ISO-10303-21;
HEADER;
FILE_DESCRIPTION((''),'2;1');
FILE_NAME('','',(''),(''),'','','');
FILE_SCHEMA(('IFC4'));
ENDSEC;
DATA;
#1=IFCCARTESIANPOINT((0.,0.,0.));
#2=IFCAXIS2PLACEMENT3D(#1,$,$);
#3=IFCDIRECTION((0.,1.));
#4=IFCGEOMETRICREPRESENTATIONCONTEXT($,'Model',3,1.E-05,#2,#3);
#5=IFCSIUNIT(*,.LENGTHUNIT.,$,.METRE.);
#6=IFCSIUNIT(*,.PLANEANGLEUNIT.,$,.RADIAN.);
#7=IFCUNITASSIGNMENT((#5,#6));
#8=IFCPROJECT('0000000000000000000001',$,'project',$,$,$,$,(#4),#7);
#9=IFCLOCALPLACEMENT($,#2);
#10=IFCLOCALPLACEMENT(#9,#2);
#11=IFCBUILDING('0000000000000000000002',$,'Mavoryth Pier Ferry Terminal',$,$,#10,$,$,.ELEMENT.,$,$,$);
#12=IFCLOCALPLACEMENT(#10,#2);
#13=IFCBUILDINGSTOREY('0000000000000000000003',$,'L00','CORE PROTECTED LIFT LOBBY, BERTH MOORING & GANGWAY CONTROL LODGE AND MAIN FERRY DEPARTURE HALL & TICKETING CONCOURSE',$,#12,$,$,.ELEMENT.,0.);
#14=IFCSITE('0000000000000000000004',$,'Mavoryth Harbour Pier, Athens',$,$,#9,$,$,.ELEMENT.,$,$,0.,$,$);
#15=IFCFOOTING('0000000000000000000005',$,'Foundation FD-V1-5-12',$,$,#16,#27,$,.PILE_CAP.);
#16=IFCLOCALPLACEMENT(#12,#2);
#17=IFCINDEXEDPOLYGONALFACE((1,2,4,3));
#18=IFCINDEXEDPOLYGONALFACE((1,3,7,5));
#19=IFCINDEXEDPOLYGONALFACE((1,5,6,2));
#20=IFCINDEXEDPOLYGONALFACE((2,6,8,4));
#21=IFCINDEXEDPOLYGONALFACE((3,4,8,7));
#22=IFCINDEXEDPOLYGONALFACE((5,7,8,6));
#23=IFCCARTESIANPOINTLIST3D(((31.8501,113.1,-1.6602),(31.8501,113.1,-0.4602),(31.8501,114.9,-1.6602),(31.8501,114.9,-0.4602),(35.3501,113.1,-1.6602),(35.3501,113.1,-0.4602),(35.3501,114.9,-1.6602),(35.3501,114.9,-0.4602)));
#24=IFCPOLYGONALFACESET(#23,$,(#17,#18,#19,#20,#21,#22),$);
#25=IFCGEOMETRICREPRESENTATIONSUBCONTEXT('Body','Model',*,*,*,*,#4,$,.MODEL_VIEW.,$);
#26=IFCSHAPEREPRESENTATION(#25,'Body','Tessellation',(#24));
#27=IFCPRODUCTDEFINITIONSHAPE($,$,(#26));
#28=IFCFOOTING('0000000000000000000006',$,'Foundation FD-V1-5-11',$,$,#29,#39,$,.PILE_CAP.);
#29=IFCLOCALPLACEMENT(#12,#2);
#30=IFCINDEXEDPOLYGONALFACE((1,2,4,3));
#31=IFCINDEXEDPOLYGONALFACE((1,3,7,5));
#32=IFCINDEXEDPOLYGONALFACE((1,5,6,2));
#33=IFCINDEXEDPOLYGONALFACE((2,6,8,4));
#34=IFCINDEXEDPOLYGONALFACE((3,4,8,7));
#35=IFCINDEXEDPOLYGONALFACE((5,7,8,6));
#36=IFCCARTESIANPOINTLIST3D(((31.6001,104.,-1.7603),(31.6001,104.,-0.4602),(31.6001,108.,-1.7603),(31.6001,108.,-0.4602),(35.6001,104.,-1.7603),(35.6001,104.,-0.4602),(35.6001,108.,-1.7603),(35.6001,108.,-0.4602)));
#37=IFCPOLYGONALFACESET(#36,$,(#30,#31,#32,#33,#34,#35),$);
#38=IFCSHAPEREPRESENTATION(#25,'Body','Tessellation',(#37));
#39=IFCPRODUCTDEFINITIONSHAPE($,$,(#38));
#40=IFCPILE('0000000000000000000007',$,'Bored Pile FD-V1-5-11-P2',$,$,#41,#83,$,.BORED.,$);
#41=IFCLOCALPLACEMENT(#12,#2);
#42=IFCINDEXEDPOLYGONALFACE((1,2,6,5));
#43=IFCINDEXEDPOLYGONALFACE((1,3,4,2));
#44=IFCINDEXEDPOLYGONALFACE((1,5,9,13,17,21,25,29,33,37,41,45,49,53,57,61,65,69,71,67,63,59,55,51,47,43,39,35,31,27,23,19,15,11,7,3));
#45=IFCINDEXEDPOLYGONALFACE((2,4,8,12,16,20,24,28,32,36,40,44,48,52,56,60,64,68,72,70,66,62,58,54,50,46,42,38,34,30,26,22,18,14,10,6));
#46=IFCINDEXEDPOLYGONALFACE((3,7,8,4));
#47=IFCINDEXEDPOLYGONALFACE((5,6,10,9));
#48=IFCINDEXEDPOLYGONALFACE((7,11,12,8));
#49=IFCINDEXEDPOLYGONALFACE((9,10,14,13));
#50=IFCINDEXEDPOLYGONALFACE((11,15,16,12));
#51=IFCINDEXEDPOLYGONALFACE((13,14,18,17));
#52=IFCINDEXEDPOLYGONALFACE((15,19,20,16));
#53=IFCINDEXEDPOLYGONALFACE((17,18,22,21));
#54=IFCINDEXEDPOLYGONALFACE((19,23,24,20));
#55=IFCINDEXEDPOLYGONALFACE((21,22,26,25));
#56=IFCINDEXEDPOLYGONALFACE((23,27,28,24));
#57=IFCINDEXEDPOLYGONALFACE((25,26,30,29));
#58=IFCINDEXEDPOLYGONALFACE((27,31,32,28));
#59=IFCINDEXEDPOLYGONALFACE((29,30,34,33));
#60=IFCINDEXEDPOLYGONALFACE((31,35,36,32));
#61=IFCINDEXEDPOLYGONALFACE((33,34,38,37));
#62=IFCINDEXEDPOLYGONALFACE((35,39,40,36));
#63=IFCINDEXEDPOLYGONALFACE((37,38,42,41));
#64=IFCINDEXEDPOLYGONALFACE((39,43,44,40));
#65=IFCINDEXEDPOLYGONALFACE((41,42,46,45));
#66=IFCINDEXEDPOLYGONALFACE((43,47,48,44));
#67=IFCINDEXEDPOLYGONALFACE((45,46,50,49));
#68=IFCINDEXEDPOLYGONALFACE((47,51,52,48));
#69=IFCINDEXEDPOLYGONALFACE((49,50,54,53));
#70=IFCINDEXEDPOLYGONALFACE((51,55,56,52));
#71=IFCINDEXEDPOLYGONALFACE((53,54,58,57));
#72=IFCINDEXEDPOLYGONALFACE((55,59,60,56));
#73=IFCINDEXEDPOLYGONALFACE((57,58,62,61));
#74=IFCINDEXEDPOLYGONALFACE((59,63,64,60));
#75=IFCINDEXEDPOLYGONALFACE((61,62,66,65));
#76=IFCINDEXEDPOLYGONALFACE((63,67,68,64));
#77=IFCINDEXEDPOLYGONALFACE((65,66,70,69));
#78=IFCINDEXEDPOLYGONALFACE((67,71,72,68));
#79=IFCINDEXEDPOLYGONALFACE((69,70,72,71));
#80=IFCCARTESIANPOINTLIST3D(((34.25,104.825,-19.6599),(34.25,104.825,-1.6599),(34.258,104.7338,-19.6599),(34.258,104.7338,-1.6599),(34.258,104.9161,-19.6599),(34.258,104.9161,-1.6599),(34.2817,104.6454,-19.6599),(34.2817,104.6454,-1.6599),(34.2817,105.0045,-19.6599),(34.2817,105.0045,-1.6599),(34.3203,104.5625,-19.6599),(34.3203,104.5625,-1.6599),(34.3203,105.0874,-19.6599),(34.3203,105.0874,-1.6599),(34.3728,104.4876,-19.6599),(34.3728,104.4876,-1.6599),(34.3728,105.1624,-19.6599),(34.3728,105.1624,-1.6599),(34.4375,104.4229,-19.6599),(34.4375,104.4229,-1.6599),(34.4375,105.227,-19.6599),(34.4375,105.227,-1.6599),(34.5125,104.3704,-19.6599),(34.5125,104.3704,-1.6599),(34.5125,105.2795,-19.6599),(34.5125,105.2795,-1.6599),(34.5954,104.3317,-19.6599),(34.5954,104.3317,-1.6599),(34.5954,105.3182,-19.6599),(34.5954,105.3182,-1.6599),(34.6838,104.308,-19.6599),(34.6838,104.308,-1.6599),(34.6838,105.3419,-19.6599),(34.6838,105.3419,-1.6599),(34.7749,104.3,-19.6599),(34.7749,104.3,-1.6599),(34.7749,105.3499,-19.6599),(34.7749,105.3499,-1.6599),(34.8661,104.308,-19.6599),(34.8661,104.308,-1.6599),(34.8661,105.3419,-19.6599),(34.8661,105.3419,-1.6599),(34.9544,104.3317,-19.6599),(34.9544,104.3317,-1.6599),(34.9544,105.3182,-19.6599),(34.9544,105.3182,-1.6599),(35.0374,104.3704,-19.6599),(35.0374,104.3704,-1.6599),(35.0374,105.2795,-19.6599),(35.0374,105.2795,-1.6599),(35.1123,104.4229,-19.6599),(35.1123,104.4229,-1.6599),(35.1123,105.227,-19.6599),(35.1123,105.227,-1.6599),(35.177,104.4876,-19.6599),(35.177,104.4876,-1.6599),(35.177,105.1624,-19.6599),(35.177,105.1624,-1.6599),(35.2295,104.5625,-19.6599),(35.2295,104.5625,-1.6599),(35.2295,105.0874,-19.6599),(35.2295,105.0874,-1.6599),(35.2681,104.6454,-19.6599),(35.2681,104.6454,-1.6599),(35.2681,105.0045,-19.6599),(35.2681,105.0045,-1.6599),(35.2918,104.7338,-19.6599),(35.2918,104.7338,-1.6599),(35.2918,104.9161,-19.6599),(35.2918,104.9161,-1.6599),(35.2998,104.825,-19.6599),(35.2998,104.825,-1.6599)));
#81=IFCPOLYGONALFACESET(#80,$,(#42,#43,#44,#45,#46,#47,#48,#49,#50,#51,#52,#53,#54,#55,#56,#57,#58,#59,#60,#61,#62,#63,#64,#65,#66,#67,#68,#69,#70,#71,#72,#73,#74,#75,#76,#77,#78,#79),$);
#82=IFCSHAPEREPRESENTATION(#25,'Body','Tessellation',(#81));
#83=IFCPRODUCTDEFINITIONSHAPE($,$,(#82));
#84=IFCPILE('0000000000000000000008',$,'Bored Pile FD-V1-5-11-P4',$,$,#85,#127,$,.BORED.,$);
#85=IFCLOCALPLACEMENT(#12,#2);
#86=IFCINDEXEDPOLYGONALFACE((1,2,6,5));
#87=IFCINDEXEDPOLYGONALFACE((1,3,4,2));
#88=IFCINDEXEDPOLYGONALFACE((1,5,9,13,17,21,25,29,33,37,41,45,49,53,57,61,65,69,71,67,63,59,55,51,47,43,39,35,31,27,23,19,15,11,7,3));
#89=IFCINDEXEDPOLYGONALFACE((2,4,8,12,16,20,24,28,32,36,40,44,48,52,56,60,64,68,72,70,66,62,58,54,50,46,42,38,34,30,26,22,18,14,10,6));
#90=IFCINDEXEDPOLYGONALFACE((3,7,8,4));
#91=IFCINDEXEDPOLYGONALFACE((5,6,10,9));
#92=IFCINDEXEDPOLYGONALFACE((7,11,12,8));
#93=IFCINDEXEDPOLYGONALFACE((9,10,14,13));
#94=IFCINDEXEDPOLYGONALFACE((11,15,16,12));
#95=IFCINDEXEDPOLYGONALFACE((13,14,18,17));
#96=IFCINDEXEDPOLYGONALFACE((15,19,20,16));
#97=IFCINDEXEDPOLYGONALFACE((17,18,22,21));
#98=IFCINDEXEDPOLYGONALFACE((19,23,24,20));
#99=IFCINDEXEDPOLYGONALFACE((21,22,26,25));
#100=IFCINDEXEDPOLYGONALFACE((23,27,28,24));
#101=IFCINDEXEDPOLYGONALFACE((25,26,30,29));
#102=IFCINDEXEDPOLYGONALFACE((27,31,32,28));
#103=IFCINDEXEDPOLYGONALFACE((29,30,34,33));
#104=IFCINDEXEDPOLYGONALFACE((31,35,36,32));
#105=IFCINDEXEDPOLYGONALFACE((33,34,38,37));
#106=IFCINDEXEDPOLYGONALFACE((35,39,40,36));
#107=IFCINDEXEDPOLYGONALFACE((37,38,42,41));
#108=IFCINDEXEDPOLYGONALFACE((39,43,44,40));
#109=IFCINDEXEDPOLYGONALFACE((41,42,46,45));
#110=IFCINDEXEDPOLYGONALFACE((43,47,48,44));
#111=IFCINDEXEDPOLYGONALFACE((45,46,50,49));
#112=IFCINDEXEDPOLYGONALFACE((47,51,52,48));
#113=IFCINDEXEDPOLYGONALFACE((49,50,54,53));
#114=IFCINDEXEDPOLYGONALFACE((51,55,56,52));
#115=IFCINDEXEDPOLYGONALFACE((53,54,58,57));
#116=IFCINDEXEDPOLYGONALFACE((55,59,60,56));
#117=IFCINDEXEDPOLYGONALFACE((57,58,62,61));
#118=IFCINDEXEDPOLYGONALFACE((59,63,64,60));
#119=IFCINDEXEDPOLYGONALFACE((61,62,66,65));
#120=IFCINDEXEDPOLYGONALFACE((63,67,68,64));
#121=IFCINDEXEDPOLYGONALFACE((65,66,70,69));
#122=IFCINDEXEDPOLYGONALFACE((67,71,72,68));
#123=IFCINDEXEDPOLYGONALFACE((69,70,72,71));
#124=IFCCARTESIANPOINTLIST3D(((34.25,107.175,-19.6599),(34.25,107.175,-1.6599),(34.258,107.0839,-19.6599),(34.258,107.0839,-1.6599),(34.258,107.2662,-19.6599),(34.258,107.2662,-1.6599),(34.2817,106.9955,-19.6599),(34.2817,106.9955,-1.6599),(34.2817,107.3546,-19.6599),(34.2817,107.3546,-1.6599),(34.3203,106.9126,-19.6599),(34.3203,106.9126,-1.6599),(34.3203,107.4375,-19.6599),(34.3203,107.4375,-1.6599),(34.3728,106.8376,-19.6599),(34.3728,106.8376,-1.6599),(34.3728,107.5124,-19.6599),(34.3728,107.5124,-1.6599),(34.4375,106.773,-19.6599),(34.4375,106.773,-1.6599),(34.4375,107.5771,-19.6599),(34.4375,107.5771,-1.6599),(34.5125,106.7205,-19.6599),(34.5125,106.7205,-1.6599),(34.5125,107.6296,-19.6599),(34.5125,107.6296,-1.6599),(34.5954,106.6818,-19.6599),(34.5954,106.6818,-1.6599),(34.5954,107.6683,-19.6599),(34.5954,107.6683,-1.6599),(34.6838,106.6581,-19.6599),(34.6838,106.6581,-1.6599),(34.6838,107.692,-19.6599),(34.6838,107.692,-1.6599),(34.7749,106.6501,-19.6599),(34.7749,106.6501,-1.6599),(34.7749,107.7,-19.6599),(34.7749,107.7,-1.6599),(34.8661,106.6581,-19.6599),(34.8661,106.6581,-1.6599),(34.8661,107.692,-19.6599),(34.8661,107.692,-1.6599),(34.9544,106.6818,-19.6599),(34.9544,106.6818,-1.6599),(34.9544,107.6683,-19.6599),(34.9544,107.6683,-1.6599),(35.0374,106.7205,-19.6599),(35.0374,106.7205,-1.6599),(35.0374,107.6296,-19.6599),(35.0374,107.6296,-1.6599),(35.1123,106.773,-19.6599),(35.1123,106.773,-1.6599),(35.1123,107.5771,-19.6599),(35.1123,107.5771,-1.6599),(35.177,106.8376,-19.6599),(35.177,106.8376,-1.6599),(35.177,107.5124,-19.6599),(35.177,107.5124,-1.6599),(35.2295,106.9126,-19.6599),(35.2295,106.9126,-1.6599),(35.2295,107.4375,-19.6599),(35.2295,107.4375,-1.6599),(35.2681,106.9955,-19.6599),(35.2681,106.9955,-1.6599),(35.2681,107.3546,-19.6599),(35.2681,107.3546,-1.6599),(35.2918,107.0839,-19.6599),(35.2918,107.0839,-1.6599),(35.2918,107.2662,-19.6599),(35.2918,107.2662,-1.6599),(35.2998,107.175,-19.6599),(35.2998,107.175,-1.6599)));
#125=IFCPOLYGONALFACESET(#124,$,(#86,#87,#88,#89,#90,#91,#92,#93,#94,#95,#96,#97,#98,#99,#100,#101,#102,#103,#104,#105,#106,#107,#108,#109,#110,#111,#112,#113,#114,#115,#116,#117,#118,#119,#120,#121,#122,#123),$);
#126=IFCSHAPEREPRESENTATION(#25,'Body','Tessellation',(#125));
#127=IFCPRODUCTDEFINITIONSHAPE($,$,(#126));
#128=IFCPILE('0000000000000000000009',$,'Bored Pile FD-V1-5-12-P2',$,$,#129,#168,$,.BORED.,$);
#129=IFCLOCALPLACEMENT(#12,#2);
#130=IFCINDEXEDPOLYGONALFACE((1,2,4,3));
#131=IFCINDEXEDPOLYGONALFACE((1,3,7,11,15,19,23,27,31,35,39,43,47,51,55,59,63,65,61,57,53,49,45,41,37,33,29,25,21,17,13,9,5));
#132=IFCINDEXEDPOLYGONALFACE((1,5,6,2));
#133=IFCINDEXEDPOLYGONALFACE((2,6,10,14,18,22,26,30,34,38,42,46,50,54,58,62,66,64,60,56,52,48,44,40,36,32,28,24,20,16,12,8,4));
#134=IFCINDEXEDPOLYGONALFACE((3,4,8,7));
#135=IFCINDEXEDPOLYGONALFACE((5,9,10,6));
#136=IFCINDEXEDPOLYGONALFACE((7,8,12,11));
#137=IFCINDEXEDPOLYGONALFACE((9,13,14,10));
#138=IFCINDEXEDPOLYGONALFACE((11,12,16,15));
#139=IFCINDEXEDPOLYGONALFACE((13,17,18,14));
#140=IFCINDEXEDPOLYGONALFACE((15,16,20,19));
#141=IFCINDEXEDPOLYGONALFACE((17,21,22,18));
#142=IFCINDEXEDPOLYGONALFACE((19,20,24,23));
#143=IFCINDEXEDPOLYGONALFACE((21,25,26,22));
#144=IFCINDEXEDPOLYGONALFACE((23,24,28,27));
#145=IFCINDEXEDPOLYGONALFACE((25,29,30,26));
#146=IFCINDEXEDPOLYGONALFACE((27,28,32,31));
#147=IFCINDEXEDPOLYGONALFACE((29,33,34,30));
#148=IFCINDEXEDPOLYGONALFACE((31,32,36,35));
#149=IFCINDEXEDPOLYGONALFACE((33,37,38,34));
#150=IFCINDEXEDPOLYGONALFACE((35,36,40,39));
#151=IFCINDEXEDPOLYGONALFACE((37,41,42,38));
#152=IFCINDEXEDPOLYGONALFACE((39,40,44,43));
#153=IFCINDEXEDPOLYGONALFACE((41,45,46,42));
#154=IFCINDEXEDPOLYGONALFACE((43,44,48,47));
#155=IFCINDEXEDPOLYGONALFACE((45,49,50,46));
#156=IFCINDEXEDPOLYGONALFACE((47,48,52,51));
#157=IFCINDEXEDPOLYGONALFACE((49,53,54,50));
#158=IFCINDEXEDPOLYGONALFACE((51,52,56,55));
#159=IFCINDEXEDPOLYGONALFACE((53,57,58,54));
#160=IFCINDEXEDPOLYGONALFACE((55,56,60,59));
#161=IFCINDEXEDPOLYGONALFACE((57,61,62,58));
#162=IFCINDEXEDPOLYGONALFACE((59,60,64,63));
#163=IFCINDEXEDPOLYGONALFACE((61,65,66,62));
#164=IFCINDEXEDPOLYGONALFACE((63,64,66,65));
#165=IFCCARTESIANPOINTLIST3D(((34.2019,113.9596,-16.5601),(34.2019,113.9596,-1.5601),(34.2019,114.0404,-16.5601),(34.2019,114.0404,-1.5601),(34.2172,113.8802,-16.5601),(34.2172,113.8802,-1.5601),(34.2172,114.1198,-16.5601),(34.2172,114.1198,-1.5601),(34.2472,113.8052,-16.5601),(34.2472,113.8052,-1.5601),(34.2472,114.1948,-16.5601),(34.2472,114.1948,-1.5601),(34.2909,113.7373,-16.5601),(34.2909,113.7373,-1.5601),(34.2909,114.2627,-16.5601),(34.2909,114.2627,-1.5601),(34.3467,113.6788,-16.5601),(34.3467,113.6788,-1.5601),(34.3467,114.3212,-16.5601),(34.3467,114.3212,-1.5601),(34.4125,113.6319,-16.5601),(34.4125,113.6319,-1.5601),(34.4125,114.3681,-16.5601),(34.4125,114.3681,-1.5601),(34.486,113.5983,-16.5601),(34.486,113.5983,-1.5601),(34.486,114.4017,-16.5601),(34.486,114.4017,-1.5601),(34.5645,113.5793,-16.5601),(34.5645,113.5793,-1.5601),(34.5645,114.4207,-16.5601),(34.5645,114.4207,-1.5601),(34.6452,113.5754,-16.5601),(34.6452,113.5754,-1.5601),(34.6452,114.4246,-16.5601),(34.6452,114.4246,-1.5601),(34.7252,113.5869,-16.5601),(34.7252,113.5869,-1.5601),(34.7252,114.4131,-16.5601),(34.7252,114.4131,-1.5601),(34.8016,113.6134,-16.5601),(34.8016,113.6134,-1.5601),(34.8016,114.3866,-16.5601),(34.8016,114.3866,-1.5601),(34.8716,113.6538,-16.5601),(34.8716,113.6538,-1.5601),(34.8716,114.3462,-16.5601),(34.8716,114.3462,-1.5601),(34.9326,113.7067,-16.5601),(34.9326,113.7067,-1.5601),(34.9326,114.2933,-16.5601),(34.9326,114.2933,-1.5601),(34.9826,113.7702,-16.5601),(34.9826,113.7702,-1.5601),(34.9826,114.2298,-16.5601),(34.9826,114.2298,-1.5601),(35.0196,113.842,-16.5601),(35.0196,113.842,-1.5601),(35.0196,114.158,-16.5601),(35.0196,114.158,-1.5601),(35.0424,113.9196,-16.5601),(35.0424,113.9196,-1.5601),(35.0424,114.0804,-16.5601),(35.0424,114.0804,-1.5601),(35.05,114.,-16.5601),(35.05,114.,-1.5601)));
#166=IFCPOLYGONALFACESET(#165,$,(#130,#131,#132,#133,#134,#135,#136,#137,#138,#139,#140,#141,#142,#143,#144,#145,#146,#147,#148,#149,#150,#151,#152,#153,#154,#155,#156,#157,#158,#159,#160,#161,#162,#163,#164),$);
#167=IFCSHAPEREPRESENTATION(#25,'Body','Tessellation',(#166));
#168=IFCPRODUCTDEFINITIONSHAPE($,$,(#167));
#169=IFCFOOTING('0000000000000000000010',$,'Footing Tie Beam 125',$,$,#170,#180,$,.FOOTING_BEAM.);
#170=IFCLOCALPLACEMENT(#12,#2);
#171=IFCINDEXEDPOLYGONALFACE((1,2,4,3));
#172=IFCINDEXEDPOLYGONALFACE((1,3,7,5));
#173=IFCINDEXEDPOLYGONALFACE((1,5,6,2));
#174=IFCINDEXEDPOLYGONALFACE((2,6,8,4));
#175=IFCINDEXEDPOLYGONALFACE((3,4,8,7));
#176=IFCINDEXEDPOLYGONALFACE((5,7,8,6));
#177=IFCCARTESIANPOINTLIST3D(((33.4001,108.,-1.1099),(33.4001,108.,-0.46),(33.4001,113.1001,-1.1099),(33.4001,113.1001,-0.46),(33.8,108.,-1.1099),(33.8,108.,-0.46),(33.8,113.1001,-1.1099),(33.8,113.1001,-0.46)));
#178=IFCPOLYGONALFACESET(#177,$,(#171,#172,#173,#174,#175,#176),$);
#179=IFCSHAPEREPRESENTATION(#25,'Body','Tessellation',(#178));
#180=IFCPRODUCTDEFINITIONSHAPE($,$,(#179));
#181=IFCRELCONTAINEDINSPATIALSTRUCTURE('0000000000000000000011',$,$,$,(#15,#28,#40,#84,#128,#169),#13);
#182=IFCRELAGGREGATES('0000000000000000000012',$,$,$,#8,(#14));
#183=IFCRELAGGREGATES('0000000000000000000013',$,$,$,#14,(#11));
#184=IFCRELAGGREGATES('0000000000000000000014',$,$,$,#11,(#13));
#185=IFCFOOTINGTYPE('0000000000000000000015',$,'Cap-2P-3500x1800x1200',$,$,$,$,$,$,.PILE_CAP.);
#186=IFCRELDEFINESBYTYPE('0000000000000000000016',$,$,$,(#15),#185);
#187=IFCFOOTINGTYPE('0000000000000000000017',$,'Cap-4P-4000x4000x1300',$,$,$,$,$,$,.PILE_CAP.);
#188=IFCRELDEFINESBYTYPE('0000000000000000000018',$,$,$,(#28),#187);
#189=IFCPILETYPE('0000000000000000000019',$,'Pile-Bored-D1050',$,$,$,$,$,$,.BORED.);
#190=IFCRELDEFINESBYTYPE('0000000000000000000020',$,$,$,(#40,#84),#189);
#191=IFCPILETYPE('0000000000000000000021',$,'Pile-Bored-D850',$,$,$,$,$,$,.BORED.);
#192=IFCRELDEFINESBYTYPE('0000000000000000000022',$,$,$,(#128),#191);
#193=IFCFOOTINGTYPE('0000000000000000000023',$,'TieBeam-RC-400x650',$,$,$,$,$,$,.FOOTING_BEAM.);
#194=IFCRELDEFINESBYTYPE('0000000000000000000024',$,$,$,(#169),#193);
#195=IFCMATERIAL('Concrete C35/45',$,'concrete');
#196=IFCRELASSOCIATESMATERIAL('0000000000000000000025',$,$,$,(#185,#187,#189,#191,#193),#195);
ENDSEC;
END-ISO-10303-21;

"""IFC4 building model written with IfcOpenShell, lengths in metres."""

from ifc_helpers import new_model, si_unit, direction, frame, origin, origin_2d, place, context, subcontext, project, spatial, rectangle, circle, extrude, material, material_profile, profile_set, type_object, element, save


model = new_model("IFC4")

# Units and contexts
model_context = context("Model", 3, precision=1e-05, world=origin(), true_north=direction((0.0, 1.0)))
body_context = subcontext(model_context, "Body", "Model", "MODEL_VIEW")
ifc_project = project(units=[si_unit("LENGTHUNIT", "METRE"), si_unit("PLANEANGLEUNIT", "RADIAN")], contexts=[model_context])

# Site, building, storey
site_placement = place(None, origin())
site = spatial("IfcSite", under=ifc_project, at=site_placement, Name="Mavoryth Harbour Pier, Athens", CompositionType="ELEMENT", RefElevation=0.0)
building_placement = place(site_placement, origin())
building = spatial("IfcBuilding", under=site, at=building_placement, Name="Mavoryth Pier Ferry Terminal", CompositionType="ELEMENT")
storey_placement = place(building_placement, origin())
storey = spatial("IfcBuildingStorey", under=building, at=storey_placement, Name="L00", Description="CORE PROTECTED LIFT LOBBY, BERTH MOORING & GANGWAY CONTROL LODGE AND MAIN FERRY DEPARTURE HALL & TICKETING CONCOURSE", CompositionType="ELEMENT", Elevation=0.0)

# Footings
ifc_material_1 = material(Name="Concrete C35/45", Category="concrete")
footing_type_1 = type_object("IfcFootingType", Name="Cap-2P-3500x1800x1200", PredefinedType="PILE_CAP", material=ifc_material_1)
footing_1_placement = place(storey_placement, frame((33.6001, 114.0, -1.6602), z_axis=(0.0, 0.0, 1.0), x_axis=(1.0, 0.0, 0.0)))
element("IfcFooting", 1, at=footing_1_placement, inside=storey, type_object=footing_type_1, Name="Foundation FD-V1-5-12", PredefinedType="PILE_CAP", context=body_context, shape_type="SweptSolid", body=[
    extrude(rectangle(XDim=3.5, YDim=1.8, at=origin_2d()), origin(), (0.0, 0.0, 1.0), 1.2),
])
footing_type_2 = type_object("IfcFootingType", Name="Cap-4P-4000x4000x1300", PredefinedType="PILE_CAP", material=ifc_material_1)
footing_2_placement = place(storey_placement, frame((33.6001, 106.0, -1.7603), z_axis=(0.0, 0.0, 1.0), x_axis=(1.0, 0.0, 0.0)))
element("IfcFooting", 2, at=footing_2_placement, inside=storey, type_object=footing_type_2, Name="Foundation FD-V1-5-11", PredefinedType="PILE_CAP", context=body_context, shape_type="SweptSolid", body=[
    extrude(rectangle(XDim=4.0, YDim=4.0, at=origin_2d()), origin(), (0.0, 0.0, 1.0), 1.3),
])

# Piles
ifc_material_profile_1 = material_profile(ifc_material_1, circle(Radius=0.5249, at=origin_2d()), Name="PILE D1050", Category="concrete")
ifc_profile_set_1 = profile_set([ifc_material_profile_1], Name="Concrete C35/45 - PILE D1050")
pile_type_1 = type_object("IfcPileType", Name="Pile-Bored-D1050", PredefinedType="BORED", material=ifc_profile_set_1)
for number, where, z_axis, x_axis, name in (
    (3, (34.7749, 104.825, -1.6599), (0.0, 0.0, -1.0), (1.0, 0.0, 0.0), "Bored Pile FD-V1-5-11-P2"),
    (4, (34.7749, 107.175, -1.6599), (0.0, 0.0, -1.0), (1.0, 0.0, 0.0), "Bored Pile FD-V1-5-11-P4"),
):
    element("IfcPile", number, at=place(storey_placement, frame(where, z_axis=z_axis, x_axis=x_axis)), inside=storey, type_object=pile_type_1, Name=name, PredefinedType="BORED", context=body_context, shape_type="SweptSolid", body=[
        extrude(circle(Radius=0.5249, at=origin_2d()), origin(), (0.0, 0.0, 1.0), 18.0),
    ])
ifc_material_profile_2 = material_profile(ifc_material_1, circle(Radius=0.425, at=origin_2d()), Name="PILE D850", Category="concrete")
ifc_profile_set_2 = profile_set([ifc_material_profile_2], Name="Concrete C35/45 - PILE D850")
pile_type_2 = type_object("IfcPileType", Name="Pile-Bored-D850", PredefinedType="BORED", material=ifc_profile_set_2)
pile_placement = place(storey_placement, frame((34.625, 114.0, -1.5601), z_axis=(0.0, 0.0, -1.0), x_axis=(1.0, 0.0, 0.0)))
element("IfcPile", 5, at=pile_placement, inside=storey, type_object=pile_type_2, Name="Bored Pile FD-V1-5-12-P2", PredefinedType="BORED", context=body_context, shape_type="SweptSolid", body=[
    extrude(circle(Radius=0.425, at=origin_2d()), origin(), (0.0, 0.0, 1.0), 15.0),
])

# Footing
ifc_material_profile_3 = material_profile(ifc_material_1, rectangle(XDim=0.3999, YDim=0.6499, at=origin_2d()), Name="RC 400x650", Category="concrete")
ifc_profile_set_3 = profile_set([ifc_material_profile_3], Name="Concrete C35/45 - RC 400x650")
footing_type_3 = type_object("IfcFootingType", Name="TieBeam-RC-400x650", PredefinedType="FOOTING_BEAM", material=ifc_profile_set_3)
footing_3_placement = place(storey_placement, frame((33.6001, 108.0, -0.7849), z_axis=(0.0, 1.0, 0.0), x_axis=(-1.0, 0.0, 0.0)))
element("IfcFooting", 6, at=footing_3_placement, inside=storey, type_object=footing_type_3, Name="Footing Tie Beam 125", PredefinedType="FOOTING_BEAM", context=body_context, shape_type="SweptSolid", body=[
    extrude(rectangle(XDim=0.3999, YDim=0.6499, at=origin_2d()), origin(), (0.0, 0.0, 1.0), 5.1001),
])

save(model, "model.ifc")
